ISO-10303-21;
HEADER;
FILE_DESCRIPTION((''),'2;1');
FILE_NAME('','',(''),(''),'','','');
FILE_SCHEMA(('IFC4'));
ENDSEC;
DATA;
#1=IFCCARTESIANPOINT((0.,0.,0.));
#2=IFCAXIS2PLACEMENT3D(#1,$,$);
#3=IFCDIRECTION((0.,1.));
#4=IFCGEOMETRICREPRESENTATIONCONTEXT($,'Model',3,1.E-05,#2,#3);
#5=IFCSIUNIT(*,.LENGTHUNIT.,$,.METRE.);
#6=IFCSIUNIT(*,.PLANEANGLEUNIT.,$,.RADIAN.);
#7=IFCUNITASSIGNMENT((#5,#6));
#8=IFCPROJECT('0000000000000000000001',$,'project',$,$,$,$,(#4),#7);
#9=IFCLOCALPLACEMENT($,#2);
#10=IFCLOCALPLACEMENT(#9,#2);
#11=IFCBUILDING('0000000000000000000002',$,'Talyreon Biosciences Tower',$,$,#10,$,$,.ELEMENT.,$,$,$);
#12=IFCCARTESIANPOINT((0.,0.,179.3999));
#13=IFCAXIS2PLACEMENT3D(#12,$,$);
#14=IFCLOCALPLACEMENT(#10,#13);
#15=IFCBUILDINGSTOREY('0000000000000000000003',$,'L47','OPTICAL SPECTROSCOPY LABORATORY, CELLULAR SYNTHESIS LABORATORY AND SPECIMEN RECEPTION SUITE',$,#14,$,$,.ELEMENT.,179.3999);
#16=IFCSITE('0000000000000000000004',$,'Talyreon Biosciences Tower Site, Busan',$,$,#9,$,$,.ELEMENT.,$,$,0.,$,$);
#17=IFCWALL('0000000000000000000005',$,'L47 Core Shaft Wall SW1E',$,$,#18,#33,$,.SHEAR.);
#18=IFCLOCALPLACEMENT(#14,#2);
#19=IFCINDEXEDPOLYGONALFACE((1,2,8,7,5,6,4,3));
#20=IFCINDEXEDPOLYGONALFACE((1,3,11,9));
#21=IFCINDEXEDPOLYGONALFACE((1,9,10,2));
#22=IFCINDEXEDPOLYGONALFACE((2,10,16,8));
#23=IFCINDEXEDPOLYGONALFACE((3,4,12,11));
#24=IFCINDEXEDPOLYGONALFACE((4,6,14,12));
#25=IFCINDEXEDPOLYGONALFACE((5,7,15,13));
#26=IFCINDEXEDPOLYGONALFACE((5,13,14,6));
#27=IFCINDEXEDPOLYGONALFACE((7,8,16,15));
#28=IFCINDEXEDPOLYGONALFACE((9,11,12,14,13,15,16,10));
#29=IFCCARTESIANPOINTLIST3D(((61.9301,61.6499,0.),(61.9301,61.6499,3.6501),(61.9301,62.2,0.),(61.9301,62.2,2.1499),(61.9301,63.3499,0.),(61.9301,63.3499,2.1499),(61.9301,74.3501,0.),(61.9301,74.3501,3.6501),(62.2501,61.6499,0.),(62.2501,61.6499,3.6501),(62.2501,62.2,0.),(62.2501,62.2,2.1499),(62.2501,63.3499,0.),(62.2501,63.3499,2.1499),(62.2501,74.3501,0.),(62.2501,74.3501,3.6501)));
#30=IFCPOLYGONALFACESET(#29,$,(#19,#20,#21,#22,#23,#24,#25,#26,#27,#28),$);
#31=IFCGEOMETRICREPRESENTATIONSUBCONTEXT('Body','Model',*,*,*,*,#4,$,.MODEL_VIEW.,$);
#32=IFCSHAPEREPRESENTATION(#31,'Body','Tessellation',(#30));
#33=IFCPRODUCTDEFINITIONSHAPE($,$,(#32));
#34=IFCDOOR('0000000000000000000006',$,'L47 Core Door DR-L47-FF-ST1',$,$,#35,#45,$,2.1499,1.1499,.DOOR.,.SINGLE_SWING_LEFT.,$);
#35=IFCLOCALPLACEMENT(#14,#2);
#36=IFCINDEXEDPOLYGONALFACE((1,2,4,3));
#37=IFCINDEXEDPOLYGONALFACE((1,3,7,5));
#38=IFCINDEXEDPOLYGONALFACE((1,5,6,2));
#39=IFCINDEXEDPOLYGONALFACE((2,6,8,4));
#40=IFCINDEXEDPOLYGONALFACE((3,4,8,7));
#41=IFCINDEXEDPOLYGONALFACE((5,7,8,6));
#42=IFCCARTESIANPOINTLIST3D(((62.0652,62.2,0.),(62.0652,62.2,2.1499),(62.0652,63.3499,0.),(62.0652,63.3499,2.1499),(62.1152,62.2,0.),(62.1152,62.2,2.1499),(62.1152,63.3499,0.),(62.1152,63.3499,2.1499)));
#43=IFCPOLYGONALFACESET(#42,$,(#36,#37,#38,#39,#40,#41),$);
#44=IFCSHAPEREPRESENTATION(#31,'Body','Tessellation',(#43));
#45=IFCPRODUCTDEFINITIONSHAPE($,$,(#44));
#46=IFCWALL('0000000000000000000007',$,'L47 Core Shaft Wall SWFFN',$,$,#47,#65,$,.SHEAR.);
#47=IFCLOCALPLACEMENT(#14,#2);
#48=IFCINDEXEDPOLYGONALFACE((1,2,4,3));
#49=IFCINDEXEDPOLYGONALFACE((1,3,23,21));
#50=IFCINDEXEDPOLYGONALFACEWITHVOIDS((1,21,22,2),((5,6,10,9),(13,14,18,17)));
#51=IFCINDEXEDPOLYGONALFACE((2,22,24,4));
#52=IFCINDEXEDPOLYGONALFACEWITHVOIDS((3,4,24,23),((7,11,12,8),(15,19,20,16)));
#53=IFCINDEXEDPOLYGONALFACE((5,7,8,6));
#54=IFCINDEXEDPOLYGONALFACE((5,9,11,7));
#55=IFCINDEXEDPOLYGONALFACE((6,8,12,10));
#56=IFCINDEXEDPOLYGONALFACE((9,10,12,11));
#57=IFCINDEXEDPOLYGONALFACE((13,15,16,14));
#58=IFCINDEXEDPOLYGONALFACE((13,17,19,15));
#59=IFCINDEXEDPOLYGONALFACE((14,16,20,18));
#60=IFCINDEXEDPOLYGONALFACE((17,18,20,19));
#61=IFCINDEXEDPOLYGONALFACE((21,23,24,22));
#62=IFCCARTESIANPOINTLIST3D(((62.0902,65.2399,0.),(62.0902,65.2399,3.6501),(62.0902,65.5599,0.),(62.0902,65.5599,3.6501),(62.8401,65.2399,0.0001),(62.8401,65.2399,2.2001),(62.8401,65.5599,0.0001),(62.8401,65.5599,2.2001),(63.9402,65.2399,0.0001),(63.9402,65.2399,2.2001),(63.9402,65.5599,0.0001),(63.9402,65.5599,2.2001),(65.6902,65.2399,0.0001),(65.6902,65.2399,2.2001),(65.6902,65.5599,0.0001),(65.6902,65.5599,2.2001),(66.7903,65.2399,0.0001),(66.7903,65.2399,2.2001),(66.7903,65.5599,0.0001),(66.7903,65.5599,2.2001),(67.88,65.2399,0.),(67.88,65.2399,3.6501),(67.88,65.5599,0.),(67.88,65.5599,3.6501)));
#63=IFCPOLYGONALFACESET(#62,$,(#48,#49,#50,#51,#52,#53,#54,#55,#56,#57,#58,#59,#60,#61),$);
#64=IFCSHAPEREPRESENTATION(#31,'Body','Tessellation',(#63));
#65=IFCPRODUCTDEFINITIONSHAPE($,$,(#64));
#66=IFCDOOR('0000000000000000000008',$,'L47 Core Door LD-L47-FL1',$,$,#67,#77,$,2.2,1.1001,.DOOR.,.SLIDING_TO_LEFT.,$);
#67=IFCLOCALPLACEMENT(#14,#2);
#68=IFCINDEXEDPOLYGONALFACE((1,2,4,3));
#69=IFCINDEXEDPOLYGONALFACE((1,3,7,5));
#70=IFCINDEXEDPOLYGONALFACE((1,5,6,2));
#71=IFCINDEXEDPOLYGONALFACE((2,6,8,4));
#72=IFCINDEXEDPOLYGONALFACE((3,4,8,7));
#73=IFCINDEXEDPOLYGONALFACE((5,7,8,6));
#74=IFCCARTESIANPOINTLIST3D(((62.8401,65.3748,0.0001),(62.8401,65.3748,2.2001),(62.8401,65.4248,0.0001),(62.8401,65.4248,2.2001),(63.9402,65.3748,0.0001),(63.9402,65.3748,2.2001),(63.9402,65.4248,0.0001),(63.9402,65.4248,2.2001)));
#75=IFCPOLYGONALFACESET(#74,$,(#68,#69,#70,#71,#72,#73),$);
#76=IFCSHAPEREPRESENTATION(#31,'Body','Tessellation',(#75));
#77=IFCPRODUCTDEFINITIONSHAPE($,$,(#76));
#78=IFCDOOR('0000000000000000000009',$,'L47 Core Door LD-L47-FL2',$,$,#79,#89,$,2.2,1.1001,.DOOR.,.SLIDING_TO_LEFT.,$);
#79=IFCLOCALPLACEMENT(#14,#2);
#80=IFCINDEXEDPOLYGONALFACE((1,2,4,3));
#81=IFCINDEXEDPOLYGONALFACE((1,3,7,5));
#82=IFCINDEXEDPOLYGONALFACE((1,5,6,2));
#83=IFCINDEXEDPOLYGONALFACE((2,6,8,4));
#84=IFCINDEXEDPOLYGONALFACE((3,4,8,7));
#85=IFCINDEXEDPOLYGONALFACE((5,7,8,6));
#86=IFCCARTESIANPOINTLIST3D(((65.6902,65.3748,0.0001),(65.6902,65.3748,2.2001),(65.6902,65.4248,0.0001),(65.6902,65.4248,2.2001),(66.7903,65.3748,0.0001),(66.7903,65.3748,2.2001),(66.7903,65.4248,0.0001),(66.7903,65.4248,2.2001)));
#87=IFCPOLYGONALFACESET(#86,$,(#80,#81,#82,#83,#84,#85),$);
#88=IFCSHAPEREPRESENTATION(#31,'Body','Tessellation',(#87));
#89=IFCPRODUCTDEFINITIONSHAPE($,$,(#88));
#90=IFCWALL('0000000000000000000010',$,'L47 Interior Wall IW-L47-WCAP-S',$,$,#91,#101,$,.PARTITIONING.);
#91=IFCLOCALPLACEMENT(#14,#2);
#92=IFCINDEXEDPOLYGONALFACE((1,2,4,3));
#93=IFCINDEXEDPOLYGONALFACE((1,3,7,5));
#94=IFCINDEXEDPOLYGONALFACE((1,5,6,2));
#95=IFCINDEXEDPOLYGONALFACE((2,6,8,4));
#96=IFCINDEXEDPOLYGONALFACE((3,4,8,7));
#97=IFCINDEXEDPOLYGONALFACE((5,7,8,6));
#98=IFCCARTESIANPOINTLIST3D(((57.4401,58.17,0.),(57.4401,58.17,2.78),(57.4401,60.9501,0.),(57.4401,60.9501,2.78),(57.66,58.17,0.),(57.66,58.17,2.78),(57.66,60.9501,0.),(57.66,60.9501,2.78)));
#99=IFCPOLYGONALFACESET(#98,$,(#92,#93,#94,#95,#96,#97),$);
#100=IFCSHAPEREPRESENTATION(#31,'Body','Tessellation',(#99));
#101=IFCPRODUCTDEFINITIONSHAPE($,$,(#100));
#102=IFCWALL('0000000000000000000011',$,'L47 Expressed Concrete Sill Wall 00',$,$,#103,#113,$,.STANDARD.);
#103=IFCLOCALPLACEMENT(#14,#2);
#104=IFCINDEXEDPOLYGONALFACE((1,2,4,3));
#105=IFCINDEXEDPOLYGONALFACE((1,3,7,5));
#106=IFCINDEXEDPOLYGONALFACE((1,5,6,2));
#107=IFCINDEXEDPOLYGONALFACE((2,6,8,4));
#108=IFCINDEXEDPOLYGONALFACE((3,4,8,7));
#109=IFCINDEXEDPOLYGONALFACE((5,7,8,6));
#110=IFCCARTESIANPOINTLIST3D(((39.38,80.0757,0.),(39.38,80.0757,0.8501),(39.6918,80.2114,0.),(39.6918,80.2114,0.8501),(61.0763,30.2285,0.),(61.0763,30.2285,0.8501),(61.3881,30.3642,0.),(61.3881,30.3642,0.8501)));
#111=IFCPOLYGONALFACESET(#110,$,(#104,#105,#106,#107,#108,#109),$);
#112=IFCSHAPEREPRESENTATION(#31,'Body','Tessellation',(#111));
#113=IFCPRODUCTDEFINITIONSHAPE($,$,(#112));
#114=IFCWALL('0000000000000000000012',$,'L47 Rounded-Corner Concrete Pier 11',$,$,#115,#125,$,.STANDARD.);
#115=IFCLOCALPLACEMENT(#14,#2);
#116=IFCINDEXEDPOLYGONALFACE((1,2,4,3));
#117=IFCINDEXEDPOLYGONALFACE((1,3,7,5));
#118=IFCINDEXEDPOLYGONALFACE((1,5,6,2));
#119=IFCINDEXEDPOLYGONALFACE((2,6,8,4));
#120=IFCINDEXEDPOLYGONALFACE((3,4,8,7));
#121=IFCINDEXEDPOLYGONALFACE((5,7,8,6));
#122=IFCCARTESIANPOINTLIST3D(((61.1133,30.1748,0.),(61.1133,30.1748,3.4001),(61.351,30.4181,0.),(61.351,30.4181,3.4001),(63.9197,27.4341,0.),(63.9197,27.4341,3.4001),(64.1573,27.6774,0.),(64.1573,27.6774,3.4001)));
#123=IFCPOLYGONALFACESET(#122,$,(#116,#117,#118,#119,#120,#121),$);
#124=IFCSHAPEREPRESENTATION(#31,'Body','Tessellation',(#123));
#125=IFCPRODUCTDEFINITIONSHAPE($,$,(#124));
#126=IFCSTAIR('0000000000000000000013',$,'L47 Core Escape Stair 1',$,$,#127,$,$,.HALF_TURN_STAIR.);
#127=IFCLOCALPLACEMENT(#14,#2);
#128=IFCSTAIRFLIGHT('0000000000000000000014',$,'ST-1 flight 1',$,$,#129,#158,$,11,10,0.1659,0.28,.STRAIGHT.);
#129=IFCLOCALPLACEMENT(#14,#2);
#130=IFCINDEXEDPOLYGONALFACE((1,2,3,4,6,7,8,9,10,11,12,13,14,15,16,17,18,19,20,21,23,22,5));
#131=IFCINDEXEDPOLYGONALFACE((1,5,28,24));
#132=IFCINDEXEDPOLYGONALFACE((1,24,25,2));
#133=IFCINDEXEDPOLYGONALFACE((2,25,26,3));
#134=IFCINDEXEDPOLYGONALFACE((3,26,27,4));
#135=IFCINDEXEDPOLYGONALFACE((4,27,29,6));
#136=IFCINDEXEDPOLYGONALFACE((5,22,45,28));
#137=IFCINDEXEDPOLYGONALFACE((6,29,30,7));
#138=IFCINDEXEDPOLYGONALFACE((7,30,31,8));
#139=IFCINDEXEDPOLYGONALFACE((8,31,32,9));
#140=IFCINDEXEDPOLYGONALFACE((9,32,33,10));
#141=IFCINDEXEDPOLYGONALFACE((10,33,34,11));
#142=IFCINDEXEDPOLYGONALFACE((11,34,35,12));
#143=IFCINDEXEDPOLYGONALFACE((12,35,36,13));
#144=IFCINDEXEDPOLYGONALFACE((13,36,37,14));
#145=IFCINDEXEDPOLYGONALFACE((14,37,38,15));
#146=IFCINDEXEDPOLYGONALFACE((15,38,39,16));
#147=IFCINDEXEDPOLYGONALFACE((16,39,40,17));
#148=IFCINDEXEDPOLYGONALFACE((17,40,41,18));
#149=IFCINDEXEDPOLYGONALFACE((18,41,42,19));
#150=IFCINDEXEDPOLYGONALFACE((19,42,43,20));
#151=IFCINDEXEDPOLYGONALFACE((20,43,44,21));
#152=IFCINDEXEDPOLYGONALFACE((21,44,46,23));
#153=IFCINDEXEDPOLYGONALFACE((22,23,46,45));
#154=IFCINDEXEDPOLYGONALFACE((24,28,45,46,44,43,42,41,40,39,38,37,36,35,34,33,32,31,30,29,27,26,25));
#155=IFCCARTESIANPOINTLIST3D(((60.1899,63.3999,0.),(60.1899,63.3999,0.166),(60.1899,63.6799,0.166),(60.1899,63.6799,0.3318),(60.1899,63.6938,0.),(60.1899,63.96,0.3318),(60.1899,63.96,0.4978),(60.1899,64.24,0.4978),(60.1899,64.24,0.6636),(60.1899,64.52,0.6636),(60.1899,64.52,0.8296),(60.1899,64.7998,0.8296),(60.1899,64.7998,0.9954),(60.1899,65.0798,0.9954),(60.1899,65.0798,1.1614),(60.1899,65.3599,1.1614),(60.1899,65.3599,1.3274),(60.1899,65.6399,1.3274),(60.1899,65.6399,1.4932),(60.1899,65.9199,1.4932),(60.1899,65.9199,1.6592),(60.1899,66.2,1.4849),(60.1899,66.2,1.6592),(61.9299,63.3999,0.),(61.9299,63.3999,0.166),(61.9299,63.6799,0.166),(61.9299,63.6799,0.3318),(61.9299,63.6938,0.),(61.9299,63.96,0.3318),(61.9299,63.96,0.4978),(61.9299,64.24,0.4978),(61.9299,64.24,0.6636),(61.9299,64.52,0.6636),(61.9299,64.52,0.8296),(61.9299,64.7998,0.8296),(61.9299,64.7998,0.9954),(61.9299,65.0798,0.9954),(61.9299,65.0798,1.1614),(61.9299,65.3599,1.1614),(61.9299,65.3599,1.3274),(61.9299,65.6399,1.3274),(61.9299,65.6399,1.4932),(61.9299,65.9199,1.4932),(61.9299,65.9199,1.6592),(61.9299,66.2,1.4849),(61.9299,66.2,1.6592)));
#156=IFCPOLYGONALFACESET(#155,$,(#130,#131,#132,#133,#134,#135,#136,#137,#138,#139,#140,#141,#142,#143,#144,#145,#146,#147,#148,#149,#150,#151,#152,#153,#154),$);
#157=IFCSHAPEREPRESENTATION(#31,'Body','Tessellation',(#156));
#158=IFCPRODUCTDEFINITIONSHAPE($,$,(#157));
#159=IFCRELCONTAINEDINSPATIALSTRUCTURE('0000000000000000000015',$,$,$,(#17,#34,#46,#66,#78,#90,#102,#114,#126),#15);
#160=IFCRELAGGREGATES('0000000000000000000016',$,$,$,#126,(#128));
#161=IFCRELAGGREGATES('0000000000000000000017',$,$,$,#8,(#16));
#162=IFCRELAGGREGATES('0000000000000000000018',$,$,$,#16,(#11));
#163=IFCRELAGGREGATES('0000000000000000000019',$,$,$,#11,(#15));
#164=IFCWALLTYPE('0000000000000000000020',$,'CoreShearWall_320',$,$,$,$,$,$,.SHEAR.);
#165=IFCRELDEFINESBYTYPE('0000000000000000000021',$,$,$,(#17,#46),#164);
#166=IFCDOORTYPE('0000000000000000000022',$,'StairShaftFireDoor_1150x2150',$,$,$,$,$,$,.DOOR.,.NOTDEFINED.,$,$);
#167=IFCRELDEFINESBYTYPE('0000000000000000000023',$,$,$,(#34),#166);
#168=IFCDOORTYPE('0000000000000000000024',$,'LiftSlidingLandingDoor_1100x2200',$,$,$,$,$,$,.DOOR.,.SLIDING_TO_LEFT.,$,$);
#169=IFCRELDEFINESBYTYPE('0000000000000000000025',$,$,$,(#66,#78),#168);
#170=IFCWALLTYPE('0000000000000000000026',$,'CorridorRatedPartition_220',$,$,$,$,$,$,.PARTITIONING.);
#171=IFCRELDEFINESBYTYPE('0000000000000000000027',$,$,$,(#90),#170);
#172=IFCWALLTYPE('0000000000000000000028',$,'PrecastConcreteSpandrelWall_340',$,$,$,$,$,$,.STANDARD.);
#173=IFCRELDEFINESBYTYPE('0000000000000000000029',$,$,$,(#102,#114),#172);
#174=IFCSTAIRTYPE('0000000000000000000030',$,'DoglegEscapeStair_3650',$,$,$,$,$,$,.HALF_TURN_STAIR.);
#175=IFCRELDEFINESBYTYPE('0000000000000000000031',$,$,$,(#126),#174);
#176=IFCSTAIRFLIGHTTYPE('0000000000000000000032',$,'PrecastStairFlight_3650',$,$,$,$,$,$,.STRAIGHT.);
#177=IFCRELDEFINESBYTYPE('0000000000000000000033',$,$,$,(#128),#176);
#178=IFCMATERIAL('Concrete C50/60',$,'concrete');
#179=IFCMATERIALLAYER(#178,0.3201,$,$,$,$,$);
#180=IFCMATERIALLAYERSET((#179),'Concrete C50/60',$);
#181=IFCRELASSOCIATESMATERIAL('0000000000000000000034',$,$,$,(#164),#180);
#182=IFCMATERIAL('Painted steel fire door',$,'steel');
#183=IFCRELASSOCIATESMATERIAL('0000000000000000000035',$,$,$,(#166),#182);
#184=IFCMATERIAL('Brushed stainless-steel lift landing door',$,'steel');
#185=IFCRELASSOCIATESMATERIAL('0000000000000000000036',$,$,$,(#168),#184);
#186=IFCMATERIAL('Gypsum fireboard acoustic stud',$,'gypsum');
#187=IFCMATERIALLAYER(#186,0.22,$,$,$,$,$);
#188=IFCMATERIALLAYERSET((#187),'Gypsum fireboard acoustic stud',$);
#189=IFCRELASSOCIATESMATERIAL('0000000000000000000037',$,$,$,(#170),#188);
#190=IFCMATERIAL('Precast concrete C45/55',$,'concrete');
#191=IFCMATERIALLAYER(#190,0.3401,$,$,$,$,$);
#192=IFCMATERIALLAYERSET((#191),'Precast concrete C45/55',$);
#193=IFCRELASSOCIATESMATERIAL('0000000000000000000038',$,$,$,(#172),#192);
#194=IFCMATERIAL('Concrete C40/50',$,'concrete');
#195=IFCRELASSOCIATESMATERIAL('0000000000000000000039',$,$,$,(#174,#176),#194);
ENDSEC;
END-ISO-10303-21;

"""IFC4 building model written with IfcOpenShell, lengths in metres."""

from ifc_helpers import new_model, si_unit, direction, frame, frame_2d, origin, place, context, subcontext, project, spatial, polyline, rectangle, outline, extrude, material, layer, layer_set, type_object, element, fill, aggregate, save


model = new_model("IFC4")

# Units and contexts
model_context = context("Model", 3, precision=1e-05, world=origin(), true_north=direction((0.0, 1.0)))
body_context = subcontext(model_context, "Body", "Model", "MODEL_VIEW")
ifc_project = project(units=[si_unit("LENGTHUNIT", "METRE"), si_unit("PLANEANGLEUNIT", "RADIAN")], contexts=[model_context])

# Site, building, storey
site_placement = place(None, origin())
site = spatial("IfcSite", under=ifc_project, at=site_placement, Name="Talyreon Biosciences Tower Site, Busan", CompositionType="ELEMENT", RefElevation=0.0)
building_placement = place(site_placement, origin())
building = spatial("IfcBuilding", under=site, at=building_placement, Name="Talyreon Biosciences Tower", CompositionType="ELEMENT")
storey_placement = place(building_placement, frame((0.0, 0.0, 179.3999)))
storey = spatial("IfcBuildingStorey", under=building, at=storey_placement, Name="L47", Description="OPTICAL SPECTROSCOPY LABORATORY, CELLULAR SYNTHESIS LABORATORY AND SPECIMEN RECEPTION SUITE", CompositionType="ELEMENT", Elevation=179.3999)

# Shared definitions
ifc_material_1 = material(Name="Concrete C50/60", Category="concrete")

# Shared definitions
ifc_material_2 = material(Name="Precast concrete C45/55", Category="concrete")

# Wall, opening, door
ifc_layer_1 = layer(ifc_material_1, 0.3201)
ifc_layer_set_1 = layer_set([ifc_layer_1], Name="Concrete C50/60")
wall_type_1 = type_object("IfcWallType", Name="CoreShearWall_320", PredefinedType="SHEAR", material=ifc_layer_set_1)
wall_1_placement = place(storey_placement, frame((62.0901, 61.6499, 0.0), z_axis=(0.0, 0.0, 1.0), x_axis=(0.0, 1.0, 0.0)))
wall_1 = element("IfcWall", 1, at=wall_1_placement, inside=storey, type_object=wall_type_1, Name="L47 Core Shaft Wall SW1E", PredefinedType="SHEAR", context=body_context, shape_type="SweptSolid", body=[
    extrude(rectangle(XDim=12.7002, YDim=0.3201, at=frame_2d((6.3501, 0.0))), origin(), (0.0, 0.0, 1.0), 3.6501),
])
opening_1_placement = place(wall_1_placement, frame((0.55, 0.0, 0.0)))
opening_1 = element("IfcOpeningElement", 2, at=opening_1_placement, cuts=wall_1, PredefinedType="OPENING", context=body_context, shape_type="SweptSolid", body=[
    extrude(rectangle(XDim=1.1499, YDim=2.1499, at=frame_2d((0.575, 1.075))), frame((0.0, 0.1699, 0.0), z_axis=(0.0, -1.0, 0.0), x_axis=(1.0, 0.0, 0.0)), (0.0, 0.0, 1.0), 0.3401),
])
ifc_material_3 = material(Name="Painted steel fire door", Category="steel")
door_type_1 = type_object("IfcDoorType", Name="StairShaftFireDoor_1150x2150", OperationType="NOTDEFINED", PredefinedType="DOOR", material=ifc_material_3)
door_1_placement = place(opening_1_placement, origin())
door_1 = element("IfcDoor", 3, at=door_1_placement, inside=storey, type_object=door_type_1, Name="L47 Core Door DR-L47-FF-ST1", OperationType="SINGLE_SWING_LEFT", OverallHeight=2.1499, OverallWidth=1.1499, PredefinedType="DOOR", context=body_context, shape_type="SweptSolid", body=[
    extrude(rectangle(XDim=1.1499, YDim=2.1499, at=frame_2d((0.575, 1.075))), frame((0.0, 0.0249, 0.0), z_axis=(0.0, -1.0, 0.0), x_axis=(1.0, 0.0, 0.0)), (0.0, 0.0, 1.0), 0.05),
])
fill(opening_1, door_1)

# Wall, openings, doors
wall_2_placement = place(storey_placement, frame((62.0901, 65.3999, 0.0), z_axis=(0.0, 0.0, 1.0), x_axis=(1.0, 0.0, 0.0)))
wall_2 = element("IfcWall", 4, at=wall_2_placement, inside=storey, type_object=wall_type_1, Name="L47 Core Shaft Wall SWFFN", PredefinedType="SHEAR", context=body_context, shape_type="SweptSolid", body=[
    extrude(rectangle(XDim=5.7898, YDim=0.3201, at=frame_2d((2.895, 0.0))), origin(), (0.0, 0.0, 1.0), 3.6501),
])
opening_2_placement = place(wall_2_placement, frame((0.75, 0.0, 0.0)))
opening_2 = element("IfcOpeningElement", 5, at=opening_2_placement, cuts=wall_2, PredefinedType="OPENING", context=body_context, shape_type="SweptSolid", body=[
    extrude(rectangle(XDim=1.1001, YDim=2.2, at=frame_2d((0.55, 1.1001))), frame((0.0, 0.1699, 0.0), z_axis=(0.0, -1.0, 0.0), x_axis=(1.0, 0.0, 0.0)), (0.0, 0.0, 1.0), 0.3401),
])
opening_3_placement = place(wall_2_placement, frame((3.6001, 0.0, 0.0)))
opening_3 = element("IfcOpeningElement", 6, at=opening_3_placement, cuts=wall_2, PredefinedType="OPENING", context=body_context, shape_type="SweptSolid", body=[
    extrude(rectangle(XDim=1.1001, YDim=2.2, at=frame_2d((0.55, 1.1001))), frame((0.0, 0.1699, 0.0), z_axis=(0.0, -1.0, 0.0), x_axis=(1.0, 0.0, 0.0)), (0.0, 0.0, 1.0), 0.3401),
])
ifc_material_4 = material(Name="Brushed stainless-steel lift landing door", Category="steel")
door_type_2 = type_object("IfcDoorType", Name="LiftSlidingLandingDoor_1100x2200", OperationType="SLIDING_TO_LEFT", PredefinedType="DOOR", material=ifc_material_4)
door_2_placement = place(opening_2_placement, origin())
door_2 = element("IfcDoor", 7, at=door_2_placement, inside=storey, type_object=door_type_2, Name="L47 Core Door LD-L47-FL1", OperationType="SLIDING_TO_LEFT", OverallHeight=2.2, OverallWidth=1.1001, PredefinedType="DOOR", context=body_context, shape_type="SweptSolid", body=[
    extrude(rectangle(XDim=1.1001, YDim=2.2, at=frame_2d((0.55, 1.1001))), frame((0.0, 0.0249, 0.0), z_axis=(0.0, -1.0, 0.0), x_axis=(1.0, 0.0, 0.0)), (0.0, 0.0, 1.0), 0.05),
])
fill(opening_2, door_2)
door_3_placement = place(opening_3_placement, origin())
door_3 = element("IfcDoor", 8, at=door_3_placement, inside=storey, type_object=door_type_2, Name="L47 Core Door LD-L47-FL2", OperationType="SLIDING_TO_LEFT", OverallHeight=2.2, OverallWidth=1.1001, PredefinedType="DOOR", context=body_context, shape_type="SweptSolid", body=[
    extrude(rectangle(XDim=1.1001, YDim=2.2, at=frame_2d((0.55, 1.1001))), frame((0.0, 0.0249, 0.0), z_axis=(0.0, -1.0, 0.0), x_axis=(1.0, 0.0, 0.0)), (0.0, 0.0, 1.0), 0.05),
])
fill(opening_3, door_3)

# Walls
ifc_material_5 = material(Name="Gypsum fireboard acoustic stud", Category="gypsum")
ifc_layer_2 = layer(ifc_material_5, 0.22)
ifc_layer_set_2 = layer_set([ifc_layer_2], Name="Gypsum fireboard acoustic stud")
wall_type_2 = type_object("IfcWallType", Name="CorridorRatedPartition_220", PredefinedType="PARTITIONING", material=ifc_layer_set_2)
wall_3_placement = place(storey_placement, frame((57.55, 58.1699, 0.0), z_axis=(0.0, 0.0, 1.0), x_axis=(0.0, 1.0, 0.0)))
element("IfcWall", 9, at=wall_3_placement, inside=storey, type_object=wall_type_2, Name="L47 Interior Wall IW-L47-WCAP-S", PredefinedType="PARTITIONING", context=body_context, shape_type="SweptSolid", body=[
    extrude(rectangle(XDim=2.78, YDim=0.22, at=frame_2d((1.3901, 0.0))), origin(), (0.0, 0.0, 1.0), 2.78),
])
ifc_layer_3 = layer(ifc_material_2, 0.3401)
ifc_layer_set_3 = layer_set([ifc_layer_3], Name="Precast concrete C45/55")
wall_type_3 = type_object("IfcWallType", Name="PrecastConcreteSpandrelWall_340", PredefinedType="STANDARD", material=ifc_layer_set_3)
wall_4_placement = place(storey_placement, frame((61.2322, 30.2964, 0.0), z_axis=(0.0, 0.0, 1.0), x_axis=(-0.399091, 0.916911, 0.0)))
element("IfcWall", 10, at=wall_4_placement, inside=storey, type_object=wall_type_3, Name="L47 Expressed Concrete Sill Wall 00", PredefinedType="STANDARD", context=body_context, shape_type="SweptSolid", body=[
    extrude(rectangle(XDim=54.3643, YDim=0.3401, at=frame_2d((27.1821, 0.0))), origin(), (0.0, 0.0, 1.0), 0.8501),
])
wall_5_placement = place(storey_placement, frame((64.0386, 27.5557, 0.0), z_axis=(0.0, 0.0, 1.0), x_axis=(-0.715428, 0.698686, 0.0)))
element("IfcWall", 11, at=wall_5_placement, inside=storey, type_object=wall_type_3, Name="L47 Rounded-Corner Concrete Pier 11", PredefinedType="STANDARD", context=body_context, shape_type="SweptSolid", body=[
    extrude(rectangle(XDim=3.9226, YDim=0.3401, at=frame_2d((1.9614, 0.0))), origin(), (0.0, 0.0, 1.0), 3.4001),
])

# Stair, stair flight
ifc_material_6 = material(Name="Concrete C40/50", Category="concrete")
stair_type = type_object("IfcStairType", Name="DoglegEscapeStair_3650", PredefinedType="HALF_TURN_STAIR", material=ifc_material_6)
stair_placement = place(storey_placement, origin())
stair = element("IfcStair", 12, at=stair_placement, inside=storey, type_object=stair_type, Name="L47 Core Escape Stair 1", PredefinedType="HALF_TURN_STAIR")
stair_flight_type = type_object("IfcStairFlightType", Name="PrecastStairFlight_3650", PredefinedType="STRAIGHT", material=ifc_material_6)
stair_flight_placement = place(storey_placement, frame((61.0601, 63.3999, 0.0), z_axis=(0.0, 0.0, 1.0), x_axis=(0.0, 1.0, 0.0)))
stair_flight = element("IfcStairFlight", 13, at=stair_flight_placement, type_object=stair_flight_type, Name="ST-1 flight 1", NumberOfRisers=11, NumberOfTreads=10, PredefinedType="STRAIGHT", RiserHeight=0.1659, TreadLength=0.28, context=body_context, shape_type="SweptSolid", body=[
    extrude(outline(polyline([(0.0, 0.0), (0.0, 0.166), (0.28, 0.166), (0.28, 0.3318), (0.5601, 0.3318), (0.5601, 0.4978), (0.8401, 0.4978), (0.8401, 0.6636), (1.1201, 0.6636), (1.1201, 0.8296), (1.3999, 0.8296), (1.3999, 0.9954), (1.6799, 0.9954), (1.6799, 1.1614), (1.96, 1.1614), (1.96, 1.3274), (2.24, 1.3274), (2.24, 1.4932), (2.52, 1.4932), (2.52, 1.6592), (2.8, 1.6592), (2.8, 1.825), (2.8, 1.4849), (0.2939, 0.0), (0.0, 0.0)])), frame((0.0, 0.8701, 0.0), z_axis=(0.0, -1.0, 0.0), x_axis=(1.0, 0.0, 0.0)), (0.0, 0.0, 1.0), 1.74),
])
aggregate(stair, [stair_flight])

save(model, "model.ifc")
